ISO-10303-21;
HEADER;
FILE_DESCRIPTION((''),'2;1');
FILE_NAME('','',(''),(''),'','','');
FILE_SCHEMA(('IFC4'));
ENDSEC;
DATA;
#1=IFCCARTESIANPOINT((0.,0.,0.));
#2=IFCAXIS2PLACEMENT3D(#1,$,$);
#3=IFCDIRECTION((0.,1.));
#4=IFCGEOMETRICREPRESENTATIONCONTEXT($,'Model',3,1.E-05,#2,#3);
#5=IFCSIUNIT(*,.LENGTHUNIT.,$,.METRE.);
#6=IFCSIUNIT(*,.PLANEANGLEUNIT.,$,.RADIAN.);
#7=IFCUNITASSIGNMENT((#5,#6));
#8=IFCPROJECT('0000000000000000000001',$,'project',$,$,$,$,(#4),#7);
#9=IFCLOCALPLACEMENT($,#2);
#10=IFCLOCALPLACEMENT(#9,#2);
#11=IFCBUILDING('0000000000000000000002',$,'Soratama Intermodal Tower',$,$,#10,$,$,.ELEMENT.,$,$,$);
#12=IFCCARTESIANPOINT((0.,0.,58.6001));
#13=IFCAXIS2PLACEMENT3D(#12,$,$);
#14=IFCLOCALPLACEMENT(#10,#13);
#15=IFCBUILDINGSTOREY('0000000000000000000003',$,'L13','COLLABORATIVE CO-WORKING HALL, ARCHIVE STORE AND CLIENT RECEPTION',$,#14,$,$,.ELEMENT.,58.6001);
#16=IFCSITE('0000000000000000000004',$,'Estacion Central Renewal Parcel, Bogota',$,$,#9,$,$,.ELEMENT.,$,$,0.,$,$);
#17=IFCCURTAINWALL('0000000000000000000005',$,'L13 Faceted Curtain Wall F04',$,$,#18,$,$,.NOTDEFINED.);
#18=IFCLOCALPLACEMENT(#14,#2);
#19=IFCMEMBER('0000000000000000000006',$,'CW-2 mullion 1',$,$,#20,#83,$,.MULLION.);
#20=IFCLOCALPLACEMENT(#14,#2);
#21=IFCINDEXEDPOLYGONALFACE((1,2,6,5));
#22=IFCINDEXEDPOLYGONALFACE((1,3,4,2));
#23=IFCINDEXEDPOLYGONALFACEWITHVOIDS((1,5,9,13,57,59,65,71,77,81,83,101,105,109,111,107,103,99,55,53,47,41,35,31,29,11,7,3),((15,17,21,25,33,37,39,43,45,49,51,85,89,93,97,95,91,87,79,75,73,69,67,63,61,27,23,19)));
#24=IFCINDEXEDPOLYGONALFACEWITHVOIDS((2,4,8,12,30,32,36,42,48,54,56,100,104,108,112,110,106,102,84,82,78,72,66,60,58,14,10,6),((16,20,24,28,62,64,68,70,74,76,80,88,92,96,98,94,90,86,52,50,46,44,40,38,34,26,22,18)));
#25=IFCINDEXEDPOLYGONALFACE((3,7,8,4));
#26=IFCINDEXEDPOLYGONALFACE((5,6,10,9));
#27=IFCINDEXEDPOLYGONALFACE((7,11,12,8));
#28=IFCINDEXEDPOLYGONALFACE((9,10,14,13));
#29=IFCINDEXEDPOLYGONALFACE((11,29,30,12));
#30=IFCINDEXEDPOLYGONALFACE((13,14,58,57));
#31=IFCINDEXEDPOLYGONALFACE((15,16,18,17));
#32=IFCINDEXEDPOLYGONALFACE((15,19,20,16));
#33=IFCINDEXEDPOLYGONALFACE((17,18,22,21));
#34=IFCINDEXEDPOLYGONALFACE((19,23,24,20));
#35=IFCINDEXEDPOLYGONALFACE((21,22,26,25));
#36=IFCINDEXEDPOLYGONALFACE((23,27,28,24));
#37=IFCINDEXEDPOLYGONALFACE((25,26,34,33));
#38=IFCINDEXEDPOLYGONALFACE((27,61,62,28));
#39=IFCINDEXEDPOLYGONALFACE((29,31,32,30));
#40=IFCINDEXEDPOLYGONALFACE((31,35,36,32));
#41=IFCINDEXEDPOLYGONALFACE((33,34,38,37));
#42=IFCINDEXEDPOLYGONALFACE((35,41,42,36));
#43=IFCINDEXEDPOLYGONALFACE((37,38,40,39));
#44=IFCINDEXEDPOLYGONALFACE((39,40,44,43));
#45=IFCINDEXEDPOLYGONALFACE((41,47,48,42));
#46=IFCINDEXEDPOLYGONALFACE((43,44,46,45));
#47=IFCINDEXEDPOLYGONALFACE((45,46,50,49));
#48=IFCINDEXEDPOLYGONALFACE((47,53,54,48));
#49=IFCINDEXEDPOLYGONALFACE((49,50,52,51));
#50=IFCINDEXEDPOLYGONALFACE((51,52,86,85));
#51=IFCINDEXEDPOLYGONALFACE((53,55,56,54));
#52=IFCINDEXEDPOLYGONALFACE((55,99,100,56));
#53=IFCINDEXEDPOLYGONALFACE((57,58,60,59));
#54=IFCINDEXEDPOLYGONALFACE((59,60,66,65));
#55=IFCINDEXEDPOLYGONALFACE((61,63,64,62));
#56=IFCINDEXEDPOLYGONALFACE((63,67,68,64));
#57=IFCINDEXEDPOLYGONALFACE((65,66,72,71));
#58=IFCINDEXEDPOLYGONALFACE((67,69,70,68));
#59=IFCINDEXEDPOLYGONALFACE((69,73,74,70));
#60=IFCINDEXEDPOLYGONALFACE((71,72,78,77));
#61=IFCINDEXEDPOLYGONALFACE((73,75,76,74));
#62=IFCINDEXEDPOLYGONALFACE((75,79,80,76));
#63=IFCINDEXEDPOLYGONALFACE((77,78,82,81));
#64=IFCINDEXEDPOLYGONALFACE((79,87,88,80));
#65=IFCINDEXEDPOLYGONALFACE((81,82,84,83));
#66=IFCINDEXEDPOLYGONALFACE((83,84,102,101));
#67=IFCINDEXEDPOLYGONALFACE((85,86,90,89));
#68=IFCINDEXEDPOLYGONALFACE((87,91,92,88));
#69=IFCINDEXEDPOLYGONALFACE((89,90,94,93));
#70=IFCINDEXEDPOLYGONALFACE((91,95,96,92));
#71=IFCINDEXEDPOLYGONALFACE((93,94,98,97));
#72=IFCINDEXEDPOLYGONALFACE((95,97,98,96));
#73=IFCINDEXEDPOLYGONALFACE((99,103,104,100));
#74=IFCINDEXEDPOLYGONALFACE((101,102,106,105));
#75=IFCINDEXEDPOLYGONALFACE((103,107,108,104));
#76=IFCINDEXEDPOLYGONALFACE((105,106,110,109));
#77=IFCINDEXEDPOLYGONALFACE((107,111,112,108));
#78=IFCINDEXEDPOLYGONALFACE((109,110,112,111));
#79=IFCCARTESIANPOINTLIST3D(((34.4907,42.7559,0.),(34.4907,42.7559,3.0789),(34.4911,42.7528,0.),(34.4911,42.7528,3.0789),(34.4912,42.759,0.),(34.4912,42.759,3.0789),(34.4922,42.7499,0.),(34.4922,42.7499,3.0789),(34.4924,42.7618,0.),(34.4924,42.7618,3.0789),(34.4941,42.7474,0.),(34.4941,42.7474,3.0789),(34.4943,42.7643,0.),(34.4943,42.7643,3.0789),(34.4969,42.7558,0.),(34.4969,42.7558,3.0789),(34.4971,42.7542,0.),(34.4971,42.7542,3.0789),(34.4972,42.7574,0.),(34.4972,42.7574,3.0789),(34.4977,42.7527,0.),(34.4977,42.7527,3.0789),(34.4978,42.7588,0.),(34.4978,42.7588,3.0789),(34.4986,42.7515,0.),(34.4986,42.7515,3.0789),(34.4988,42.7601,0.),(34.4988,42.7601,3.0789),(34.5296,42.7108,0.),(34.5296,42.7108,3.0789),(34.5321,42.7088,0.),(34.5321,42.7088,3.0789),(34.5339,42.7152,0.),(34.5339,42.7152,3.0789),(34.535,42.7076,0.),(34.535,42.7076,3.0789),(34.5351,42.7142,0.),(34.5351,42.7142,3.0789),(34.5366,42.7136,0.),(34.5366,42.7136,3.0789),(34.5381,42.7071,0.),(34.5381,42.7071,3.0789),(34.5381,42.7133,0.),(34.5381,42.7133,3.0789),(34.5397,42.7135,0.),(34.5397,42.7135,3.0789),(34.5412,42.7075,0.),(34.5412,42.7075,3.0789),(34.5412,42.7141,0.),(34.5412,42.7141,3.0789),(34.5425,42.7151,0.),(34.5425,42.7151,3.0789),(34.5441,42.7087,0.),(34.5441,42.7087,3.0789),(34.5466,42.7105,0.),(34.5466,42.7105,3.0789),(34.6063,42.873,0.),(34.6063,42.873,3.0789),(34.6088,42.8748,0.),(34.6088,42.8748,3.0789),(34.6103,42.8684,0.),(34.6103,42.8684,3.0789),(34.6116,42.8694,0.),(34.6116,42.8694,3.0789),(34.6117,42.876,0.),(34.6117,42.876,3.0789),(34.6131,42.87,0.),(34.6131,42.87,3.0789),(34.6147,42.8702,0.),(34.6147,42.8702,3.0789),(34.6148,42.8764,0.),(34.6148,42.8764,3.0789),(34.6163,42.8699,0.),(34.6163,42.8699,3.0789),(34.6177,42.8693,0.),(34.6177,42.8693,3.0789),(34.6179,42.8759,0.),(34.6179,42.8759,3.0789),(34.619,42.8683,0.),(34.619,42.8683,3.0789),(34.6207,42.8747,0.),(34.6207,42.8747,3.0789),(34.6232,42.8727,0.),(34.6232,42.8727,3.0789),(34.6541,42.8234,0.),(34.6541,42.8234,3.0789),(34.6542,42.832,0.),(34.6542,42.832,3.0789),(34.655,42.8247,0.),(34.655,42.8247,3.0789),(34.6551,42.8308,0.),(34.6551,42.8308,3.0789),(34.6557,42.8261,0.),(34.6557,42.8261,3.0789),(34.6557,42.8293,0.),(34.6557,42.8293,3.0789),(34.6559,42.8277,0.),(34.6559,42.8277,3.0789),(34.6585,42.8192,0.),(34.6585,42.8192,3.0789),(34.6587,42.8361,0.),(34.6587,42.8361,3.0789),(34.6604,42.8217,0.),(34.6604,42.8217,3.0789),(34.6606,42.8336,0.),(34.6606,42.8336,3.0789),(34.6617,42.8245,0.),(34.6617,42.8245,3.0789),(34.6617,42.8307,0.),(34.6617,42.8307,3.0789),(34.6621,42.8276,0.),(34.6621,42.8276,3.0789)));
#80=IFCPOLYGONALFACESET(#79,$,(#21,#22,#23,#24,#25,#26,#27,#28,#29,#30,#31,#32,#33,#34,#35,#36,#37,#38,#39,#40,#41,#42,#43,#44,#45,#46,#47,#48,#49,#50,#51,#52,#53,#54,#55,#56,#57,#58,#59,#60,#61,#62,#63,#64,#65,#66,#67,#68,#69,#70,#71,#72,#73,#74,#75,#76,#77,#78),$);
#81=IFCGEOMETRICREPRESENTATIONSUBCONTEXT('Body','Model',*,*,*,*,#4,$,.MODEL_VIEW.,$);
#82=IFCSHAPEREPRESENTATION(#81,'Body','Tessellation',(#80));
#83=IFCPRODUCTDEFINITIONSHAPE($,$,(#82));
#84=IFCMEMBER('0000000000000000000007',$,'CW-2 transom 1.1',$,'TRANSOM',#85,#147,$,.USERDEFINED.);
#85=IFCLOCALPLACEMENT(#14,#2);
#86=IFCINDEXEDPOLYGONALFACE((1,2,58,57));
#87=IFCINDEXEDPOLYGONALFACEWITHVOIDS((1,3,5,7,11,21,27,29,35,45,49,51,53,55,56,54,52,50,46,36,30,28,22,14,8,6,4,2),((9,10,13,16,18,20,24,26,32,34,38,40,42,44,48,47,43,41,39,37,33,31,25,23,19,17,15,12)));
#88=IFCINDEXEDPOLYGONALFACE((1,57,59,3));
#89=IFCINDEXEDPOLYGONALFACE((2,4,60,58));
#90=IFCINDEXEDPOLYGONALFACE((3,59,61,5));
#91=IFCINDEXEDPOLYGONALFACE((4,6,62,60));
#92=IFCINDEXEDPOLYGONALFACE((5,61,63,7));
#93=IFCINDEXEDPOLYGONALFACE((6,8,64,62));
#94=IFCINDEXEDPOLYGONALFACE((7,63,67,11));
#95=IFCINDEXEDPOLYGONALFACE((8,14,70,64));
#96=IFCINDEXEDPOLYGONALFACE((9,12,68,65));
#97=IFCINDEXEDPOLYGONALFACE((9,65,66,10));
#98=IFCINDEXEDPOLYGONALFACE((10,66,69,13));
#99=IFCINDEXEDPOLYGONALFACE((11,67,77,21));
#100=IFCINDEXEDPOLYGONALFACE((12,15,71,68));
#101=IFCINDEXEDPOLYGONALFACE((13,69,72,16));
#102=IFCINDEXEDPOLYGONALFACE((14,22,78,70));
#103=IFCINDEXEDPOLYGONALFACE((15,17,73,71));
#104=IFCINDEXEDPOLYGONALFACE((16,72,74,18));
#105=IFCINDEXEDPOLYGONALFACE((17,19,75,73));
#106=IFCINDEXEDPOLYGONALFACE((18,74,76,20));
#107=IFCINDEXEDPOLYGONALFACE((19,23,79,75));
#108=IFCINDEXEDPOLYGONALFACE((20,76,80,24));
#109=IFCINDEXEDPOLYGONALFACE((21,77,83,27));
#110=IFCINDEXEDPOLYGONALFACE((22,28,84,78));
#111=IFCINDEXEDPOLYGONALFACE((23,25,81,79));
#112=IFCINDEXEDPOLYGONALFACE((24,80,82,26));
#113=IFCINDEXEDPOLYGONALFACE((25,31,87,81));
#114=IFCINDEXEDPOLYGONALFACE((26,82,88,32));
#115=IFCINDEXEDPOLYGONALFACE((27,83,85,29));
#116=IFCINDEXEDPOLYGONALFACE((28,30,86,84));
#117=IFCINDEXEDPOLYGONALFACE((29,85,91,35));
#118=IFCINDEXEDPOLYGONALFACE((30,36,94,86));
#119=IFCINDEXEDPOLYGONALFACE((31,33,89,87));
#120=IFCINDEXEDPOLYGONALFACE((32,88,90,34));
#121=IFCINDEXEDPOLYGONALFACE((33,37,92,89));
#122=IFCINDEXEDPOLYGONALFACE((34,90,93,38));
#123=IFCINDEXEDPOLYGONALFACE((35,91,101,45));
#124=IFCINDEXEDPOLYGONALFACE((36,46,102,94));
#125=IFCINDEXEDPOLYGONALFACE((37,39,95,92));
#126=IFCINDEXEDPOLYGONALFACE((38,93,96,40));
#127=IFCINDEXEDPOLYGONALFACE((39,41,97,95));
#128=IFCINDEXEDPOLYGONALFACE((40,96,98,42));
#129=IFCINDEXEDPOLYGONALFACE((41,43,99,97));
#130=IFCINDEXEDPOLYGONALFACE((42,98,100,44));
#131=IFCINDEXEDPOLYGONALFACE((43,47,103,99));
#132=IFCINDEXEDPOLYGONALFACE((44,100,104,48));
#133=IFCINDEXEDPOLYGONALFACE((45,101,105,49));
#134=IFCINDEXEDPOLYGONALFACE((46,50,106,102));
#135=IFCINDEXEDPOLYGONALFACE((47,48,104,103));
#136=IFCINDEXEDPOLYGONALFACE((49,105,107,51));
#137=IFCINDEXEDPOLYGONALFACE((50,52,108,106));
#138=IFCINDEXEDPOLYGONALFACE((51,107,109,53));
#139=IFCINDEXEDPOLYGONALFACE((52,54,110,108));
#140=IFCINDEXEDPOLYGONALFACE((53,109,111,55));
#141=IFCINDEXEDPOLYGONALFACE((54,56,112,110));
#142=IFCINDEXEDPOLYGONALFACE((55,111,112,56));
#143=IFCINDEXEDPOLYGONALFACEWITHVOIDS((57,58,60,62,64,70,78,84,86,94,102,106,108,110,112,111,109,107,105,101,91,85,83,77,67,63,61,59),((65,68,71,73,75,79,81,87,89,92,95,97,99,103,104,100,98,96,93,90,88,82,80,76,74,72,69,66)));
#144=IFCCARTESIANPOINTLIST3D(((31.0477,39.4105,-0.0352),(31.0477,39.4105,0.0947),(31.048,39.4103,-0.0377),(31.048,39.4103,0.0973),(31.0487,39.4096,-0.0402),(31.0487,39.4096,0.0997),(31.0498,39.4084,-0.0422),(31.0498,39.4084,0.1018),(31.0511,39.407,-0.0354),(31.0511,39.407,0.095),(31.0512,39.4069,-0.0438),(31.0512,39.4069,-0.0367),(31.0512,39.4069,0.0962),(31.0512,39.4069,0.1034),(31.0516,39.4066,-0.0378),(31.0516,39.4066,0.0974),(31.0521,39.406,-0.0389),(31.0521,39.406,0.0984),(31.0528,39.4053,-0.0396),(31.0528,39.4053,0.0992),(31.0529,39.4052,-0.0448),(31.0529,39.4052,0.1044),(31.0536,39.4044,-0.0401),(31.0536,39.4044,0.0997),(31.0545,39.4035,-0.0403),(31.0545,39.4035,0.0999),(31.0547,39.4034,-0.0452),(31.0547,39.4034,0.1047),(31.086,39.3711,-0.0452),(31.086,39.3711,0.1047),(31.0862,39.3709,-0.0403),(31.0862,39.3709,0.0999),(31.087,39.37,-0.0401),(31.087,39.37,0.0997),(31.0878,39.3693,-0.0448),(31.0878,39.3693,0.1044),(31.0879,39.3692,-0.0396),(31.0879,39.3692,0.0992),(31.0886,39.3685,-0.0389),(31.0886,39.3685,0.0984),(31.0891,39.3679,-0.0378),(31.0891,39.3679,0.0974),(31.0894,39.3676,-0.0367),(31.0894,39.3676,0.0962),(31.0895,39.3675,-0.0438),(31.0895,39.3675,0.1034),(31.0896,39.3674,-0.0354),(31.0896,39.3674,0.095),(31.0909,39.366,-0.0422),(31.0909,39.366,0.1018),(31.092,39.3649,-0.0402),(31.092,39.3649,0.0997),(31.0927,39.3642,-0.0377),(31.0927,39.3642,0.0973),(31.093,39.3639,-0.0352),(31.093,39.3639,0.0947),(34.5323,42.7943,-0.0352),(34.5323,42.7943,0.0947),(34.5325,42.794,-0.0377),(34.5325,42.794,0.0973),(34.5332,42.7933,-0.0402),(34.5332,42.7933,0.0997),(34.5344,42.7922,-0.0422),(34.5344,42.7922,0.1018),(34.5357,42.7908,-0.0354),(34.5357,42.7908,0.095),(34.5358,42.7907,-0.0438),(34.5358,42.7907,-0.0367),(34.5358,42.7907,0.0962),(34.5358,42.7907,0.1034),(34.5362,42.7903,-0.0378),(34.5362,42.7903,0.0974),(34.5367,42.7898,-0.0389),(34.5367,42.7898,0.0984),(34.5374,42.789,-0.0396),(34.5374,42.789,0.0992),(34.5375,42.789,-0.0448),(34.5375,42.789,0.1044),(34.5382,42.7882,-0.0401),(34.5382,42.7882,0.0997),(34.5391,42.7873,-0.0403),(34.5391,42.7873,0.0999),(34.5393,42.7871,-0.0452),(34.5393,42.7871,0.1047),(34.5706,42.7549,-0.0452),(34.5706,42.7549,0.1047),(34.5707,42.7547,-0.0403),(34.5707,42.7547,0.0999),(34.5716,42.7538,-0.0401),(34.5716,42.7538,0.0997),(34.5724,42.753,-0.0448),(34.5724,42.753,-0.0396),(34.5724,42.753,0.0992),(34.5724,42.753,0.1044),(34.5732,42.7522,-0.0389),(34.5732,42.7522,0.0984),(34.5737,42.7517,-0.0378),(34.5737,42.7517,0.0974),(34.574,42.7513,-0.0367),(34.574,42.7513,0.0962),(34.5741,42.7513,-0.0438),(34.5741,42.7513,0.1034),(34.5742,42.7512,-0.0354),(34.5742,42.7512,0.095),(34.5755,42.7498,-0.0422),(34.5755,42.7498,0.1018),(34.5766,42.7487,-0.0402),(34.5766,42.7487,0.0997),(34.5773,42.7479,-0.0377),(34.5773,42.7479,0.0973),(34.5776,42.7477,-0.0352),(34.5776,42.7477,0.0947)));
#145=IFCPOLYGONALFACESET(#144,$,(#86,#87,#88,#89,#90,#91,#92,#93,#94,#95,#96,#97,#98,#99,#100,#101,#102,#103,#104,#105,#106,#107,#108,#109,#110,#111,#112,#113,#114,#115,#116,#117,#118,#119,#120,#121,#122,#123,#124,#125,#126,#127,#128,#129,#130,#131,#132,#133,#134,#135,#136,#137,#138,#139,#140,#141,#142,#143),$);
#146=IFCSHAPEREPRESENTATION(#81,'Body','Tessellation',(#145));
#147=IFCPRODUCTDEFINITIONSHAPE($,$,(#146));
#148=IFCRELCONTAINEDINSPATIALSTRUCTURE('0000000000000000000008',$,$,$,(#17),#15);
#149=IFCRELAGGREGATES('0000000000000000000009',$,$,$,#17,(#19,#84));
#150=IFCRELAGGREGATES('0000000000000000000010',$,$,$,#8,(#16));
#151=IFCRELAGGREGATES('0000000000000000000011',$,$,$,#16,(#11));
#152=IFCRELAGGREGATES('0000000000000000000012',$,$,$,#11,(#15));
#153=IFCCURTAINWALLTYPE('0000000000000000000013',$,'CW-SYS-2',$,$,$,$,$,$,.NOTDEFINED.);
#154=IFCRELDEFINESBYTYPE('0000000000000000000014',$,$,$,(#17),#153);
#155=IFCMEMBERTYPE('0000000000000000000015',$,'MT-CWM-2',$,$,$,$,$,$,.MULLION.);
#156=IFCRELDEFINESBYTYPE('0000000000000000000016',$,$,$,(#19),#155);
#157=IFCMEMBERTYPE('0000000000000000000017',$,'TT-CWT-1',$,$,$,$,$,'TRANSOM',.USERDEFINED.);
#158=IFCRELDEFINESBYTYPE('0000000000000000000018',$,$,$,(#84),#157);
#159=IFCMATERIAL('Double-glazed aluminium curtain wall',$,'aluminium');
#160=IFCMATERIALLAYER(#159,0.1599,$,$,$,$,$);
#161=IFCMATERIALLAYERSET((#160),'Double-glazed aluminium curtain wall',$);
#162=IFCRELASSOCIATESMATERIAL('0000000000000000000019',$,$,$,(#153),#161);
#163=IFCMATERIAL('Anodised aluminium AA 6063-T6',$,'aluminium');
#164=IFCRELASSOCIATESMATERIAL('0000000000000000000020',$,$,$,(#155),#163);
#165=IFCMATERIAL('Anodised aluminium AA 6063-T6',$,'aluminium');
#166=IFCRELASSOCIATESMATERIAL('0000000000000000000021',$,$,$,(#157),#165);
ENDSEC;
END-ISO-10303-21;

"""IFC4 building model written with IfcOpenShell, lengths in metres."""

from ifc_helpers import new_model, si_unit, direction, frame, origin, origin_2d, place, context, subcontext, project, spatial, hollow_rectangle, extrude, material, layer, layer_set, material_profile, profile_set, type_object, element, aggregate, save


model = new_model("IFC4")

# Units and contexts
model_context = context("Model", 3, precision=1e-05, world=origin(), true_north=direction((0.0, 1.0)))
body_context = subcontext(model_context, "Body", "Model", "MODEL_VIEW")
ifc_project = project(units=[si_unit("LENGTHUNIT", "METRE"), si_unit("PLANEANGLEUNIT", "RADIAN")], contexts=[model_context])

# Site, building, storey
site_placement = place(None, origin())
site = spatial("IfcSite", under=ifc_project, at=site_placement, Name="Estacion Central Renewal Parcel, Bogota", CompositionType="ELEMENT", RefElevation=0.0)
building_placement = place(site_placement, origin())
building = spatial("IfcBuilding", under=site, at=building_placement, Name="Soratama Intermodal Tower", CompositionType="ELEMENT")
storey_placement = place(building_placement, frame((0.0, 0.0, 58.6001)))
storey = spatial("IfcBuildingStorey", under=building, at=storey_placement, Name="L13", Description="COLLABORATIVE CO-WORKING HALL, ARCHIVE STORE AND CLIENT RECEPTION", CompositionType="ELEMENT", Elevation=58.6001)

# Curtain wall, members
ifc_material_1 = material(Name="Double-glazed aluminium curtain wall", Category="aluminium")
ifc_layer_1 = layer(ifc_material_1, 0.1599)
ifc_layer_set_1 = layer_set([ifc_layer_1], Name="Double-glazed aluminium curtain wall")
curtain_wall_type = type_object("IfcCurtainWallType", Name="CW-SYS-2", PredefinedType="NOTDEFINED", material=ifc_layer_set_1)
curtain_wall_placement = place(storey_placement, origin())
curtain_wall = element("IfcCurtainWall", 1, at=curtain_wall_placement, inside=storey, type_object=curtain_wall_type, Name="L13 Faceted Curtain Wall F04", PredefinedType="NOTDEFINED")
ifc_material_2 = material(Name="Anodised aluminium AA 6063-T6", Category="aluminium")
ifc_material_profile_1 = material_profile(ifc_material_2, hollow_rectangle(XDim=0.075, YDim=0.1799, WallThickness=0.0061, InnerFilletRadius=0.0061, OuterFilletRadius=0.012, at=origin_2d()), Name="CWM180X75X6")
ifc_profile_set_1 = profile_set([ifc_material_profile_1], Name="Anodised aluminium AA 6063-T6")
member_type_1 = type_object("IfcMemberType", Name="MT-CWM-2", PredefinedType="MULLION", material=ifc_profile_set_1)
member_1_placement = place(storey_placement, frame((34.5764, 42.7917, 0.0), z_axis=(0.0, 0.0, 1.0), x_axis=(0.696666, -0.717396, 0.0)))
member_1 = element("IfcMember", 2, at=member_1_placement, type_object=member_type_1, Name="CW-2 mullion 1", PredefinedType="MULLION", context=body_context, shape_type="SweptSolid", body=[
    extrude(hollow_rectangle(XDim=0.075, YDim=0.1799, WallThickness=0.0061, InnerFilletRadius=0.0061, OuterFilletRadius=0.012, at=origin_2d()), origin(), (0.0, 0.0, 1.0), 3.0789),
])
ifc_material_3 = material(Name="Anodised aluminium AA 6063-T6", Category="aluminium")
ifc_material_profile_2 = material_profile(ifc_material_3, hollow_rectangle(XDim=0.0649, YDim=0.1499, WallThickness=0.0049, InnerFilletRadius=0.0049, OuterFilletRadius=0.01, at=origin_2d()), Name="CWT150X65X5")
ifc_profile_set_2 = profile_set([ifc_material_profile_2], Name="Anodised aluminium AA 6063-T6")
member_type_2 = type_object("IfcMemberType", Name="TT-CWT-1", ElementType="TRANSOM", PredefinedType="USERDEFINED", material=ifc_profile_set_2)
member_2_placement = place(storey_placement, frame((34.5549, 42.771, 0.0298), z_axis=(-0.71741, -0.696651, 0.0), x_axis=(0.696651, -0.71741, 0.0)))
member_2 = element("IfcMember", 3, at=member_2_placement, type_object=member_type_2, Name="CW-2 transom 1.1", ObjectType="TRANSOM", PredefinedType="USERDEFINED", context=body_context, shape_type="SweptSolid", body=[
    extrude(hollow_rectangle(XDim=0.0649, YDim=0.1499, WallThickness=0.0049, InnerFilletRadius=0.0049, OuterFilletRadius=0.01, at=origin_2d()), origin(), (0.0, 0.0, 1.0), 4.8572),
])
aggregate(curtain_wall, [member_1, member_2])

save(model, "model.ifc")
